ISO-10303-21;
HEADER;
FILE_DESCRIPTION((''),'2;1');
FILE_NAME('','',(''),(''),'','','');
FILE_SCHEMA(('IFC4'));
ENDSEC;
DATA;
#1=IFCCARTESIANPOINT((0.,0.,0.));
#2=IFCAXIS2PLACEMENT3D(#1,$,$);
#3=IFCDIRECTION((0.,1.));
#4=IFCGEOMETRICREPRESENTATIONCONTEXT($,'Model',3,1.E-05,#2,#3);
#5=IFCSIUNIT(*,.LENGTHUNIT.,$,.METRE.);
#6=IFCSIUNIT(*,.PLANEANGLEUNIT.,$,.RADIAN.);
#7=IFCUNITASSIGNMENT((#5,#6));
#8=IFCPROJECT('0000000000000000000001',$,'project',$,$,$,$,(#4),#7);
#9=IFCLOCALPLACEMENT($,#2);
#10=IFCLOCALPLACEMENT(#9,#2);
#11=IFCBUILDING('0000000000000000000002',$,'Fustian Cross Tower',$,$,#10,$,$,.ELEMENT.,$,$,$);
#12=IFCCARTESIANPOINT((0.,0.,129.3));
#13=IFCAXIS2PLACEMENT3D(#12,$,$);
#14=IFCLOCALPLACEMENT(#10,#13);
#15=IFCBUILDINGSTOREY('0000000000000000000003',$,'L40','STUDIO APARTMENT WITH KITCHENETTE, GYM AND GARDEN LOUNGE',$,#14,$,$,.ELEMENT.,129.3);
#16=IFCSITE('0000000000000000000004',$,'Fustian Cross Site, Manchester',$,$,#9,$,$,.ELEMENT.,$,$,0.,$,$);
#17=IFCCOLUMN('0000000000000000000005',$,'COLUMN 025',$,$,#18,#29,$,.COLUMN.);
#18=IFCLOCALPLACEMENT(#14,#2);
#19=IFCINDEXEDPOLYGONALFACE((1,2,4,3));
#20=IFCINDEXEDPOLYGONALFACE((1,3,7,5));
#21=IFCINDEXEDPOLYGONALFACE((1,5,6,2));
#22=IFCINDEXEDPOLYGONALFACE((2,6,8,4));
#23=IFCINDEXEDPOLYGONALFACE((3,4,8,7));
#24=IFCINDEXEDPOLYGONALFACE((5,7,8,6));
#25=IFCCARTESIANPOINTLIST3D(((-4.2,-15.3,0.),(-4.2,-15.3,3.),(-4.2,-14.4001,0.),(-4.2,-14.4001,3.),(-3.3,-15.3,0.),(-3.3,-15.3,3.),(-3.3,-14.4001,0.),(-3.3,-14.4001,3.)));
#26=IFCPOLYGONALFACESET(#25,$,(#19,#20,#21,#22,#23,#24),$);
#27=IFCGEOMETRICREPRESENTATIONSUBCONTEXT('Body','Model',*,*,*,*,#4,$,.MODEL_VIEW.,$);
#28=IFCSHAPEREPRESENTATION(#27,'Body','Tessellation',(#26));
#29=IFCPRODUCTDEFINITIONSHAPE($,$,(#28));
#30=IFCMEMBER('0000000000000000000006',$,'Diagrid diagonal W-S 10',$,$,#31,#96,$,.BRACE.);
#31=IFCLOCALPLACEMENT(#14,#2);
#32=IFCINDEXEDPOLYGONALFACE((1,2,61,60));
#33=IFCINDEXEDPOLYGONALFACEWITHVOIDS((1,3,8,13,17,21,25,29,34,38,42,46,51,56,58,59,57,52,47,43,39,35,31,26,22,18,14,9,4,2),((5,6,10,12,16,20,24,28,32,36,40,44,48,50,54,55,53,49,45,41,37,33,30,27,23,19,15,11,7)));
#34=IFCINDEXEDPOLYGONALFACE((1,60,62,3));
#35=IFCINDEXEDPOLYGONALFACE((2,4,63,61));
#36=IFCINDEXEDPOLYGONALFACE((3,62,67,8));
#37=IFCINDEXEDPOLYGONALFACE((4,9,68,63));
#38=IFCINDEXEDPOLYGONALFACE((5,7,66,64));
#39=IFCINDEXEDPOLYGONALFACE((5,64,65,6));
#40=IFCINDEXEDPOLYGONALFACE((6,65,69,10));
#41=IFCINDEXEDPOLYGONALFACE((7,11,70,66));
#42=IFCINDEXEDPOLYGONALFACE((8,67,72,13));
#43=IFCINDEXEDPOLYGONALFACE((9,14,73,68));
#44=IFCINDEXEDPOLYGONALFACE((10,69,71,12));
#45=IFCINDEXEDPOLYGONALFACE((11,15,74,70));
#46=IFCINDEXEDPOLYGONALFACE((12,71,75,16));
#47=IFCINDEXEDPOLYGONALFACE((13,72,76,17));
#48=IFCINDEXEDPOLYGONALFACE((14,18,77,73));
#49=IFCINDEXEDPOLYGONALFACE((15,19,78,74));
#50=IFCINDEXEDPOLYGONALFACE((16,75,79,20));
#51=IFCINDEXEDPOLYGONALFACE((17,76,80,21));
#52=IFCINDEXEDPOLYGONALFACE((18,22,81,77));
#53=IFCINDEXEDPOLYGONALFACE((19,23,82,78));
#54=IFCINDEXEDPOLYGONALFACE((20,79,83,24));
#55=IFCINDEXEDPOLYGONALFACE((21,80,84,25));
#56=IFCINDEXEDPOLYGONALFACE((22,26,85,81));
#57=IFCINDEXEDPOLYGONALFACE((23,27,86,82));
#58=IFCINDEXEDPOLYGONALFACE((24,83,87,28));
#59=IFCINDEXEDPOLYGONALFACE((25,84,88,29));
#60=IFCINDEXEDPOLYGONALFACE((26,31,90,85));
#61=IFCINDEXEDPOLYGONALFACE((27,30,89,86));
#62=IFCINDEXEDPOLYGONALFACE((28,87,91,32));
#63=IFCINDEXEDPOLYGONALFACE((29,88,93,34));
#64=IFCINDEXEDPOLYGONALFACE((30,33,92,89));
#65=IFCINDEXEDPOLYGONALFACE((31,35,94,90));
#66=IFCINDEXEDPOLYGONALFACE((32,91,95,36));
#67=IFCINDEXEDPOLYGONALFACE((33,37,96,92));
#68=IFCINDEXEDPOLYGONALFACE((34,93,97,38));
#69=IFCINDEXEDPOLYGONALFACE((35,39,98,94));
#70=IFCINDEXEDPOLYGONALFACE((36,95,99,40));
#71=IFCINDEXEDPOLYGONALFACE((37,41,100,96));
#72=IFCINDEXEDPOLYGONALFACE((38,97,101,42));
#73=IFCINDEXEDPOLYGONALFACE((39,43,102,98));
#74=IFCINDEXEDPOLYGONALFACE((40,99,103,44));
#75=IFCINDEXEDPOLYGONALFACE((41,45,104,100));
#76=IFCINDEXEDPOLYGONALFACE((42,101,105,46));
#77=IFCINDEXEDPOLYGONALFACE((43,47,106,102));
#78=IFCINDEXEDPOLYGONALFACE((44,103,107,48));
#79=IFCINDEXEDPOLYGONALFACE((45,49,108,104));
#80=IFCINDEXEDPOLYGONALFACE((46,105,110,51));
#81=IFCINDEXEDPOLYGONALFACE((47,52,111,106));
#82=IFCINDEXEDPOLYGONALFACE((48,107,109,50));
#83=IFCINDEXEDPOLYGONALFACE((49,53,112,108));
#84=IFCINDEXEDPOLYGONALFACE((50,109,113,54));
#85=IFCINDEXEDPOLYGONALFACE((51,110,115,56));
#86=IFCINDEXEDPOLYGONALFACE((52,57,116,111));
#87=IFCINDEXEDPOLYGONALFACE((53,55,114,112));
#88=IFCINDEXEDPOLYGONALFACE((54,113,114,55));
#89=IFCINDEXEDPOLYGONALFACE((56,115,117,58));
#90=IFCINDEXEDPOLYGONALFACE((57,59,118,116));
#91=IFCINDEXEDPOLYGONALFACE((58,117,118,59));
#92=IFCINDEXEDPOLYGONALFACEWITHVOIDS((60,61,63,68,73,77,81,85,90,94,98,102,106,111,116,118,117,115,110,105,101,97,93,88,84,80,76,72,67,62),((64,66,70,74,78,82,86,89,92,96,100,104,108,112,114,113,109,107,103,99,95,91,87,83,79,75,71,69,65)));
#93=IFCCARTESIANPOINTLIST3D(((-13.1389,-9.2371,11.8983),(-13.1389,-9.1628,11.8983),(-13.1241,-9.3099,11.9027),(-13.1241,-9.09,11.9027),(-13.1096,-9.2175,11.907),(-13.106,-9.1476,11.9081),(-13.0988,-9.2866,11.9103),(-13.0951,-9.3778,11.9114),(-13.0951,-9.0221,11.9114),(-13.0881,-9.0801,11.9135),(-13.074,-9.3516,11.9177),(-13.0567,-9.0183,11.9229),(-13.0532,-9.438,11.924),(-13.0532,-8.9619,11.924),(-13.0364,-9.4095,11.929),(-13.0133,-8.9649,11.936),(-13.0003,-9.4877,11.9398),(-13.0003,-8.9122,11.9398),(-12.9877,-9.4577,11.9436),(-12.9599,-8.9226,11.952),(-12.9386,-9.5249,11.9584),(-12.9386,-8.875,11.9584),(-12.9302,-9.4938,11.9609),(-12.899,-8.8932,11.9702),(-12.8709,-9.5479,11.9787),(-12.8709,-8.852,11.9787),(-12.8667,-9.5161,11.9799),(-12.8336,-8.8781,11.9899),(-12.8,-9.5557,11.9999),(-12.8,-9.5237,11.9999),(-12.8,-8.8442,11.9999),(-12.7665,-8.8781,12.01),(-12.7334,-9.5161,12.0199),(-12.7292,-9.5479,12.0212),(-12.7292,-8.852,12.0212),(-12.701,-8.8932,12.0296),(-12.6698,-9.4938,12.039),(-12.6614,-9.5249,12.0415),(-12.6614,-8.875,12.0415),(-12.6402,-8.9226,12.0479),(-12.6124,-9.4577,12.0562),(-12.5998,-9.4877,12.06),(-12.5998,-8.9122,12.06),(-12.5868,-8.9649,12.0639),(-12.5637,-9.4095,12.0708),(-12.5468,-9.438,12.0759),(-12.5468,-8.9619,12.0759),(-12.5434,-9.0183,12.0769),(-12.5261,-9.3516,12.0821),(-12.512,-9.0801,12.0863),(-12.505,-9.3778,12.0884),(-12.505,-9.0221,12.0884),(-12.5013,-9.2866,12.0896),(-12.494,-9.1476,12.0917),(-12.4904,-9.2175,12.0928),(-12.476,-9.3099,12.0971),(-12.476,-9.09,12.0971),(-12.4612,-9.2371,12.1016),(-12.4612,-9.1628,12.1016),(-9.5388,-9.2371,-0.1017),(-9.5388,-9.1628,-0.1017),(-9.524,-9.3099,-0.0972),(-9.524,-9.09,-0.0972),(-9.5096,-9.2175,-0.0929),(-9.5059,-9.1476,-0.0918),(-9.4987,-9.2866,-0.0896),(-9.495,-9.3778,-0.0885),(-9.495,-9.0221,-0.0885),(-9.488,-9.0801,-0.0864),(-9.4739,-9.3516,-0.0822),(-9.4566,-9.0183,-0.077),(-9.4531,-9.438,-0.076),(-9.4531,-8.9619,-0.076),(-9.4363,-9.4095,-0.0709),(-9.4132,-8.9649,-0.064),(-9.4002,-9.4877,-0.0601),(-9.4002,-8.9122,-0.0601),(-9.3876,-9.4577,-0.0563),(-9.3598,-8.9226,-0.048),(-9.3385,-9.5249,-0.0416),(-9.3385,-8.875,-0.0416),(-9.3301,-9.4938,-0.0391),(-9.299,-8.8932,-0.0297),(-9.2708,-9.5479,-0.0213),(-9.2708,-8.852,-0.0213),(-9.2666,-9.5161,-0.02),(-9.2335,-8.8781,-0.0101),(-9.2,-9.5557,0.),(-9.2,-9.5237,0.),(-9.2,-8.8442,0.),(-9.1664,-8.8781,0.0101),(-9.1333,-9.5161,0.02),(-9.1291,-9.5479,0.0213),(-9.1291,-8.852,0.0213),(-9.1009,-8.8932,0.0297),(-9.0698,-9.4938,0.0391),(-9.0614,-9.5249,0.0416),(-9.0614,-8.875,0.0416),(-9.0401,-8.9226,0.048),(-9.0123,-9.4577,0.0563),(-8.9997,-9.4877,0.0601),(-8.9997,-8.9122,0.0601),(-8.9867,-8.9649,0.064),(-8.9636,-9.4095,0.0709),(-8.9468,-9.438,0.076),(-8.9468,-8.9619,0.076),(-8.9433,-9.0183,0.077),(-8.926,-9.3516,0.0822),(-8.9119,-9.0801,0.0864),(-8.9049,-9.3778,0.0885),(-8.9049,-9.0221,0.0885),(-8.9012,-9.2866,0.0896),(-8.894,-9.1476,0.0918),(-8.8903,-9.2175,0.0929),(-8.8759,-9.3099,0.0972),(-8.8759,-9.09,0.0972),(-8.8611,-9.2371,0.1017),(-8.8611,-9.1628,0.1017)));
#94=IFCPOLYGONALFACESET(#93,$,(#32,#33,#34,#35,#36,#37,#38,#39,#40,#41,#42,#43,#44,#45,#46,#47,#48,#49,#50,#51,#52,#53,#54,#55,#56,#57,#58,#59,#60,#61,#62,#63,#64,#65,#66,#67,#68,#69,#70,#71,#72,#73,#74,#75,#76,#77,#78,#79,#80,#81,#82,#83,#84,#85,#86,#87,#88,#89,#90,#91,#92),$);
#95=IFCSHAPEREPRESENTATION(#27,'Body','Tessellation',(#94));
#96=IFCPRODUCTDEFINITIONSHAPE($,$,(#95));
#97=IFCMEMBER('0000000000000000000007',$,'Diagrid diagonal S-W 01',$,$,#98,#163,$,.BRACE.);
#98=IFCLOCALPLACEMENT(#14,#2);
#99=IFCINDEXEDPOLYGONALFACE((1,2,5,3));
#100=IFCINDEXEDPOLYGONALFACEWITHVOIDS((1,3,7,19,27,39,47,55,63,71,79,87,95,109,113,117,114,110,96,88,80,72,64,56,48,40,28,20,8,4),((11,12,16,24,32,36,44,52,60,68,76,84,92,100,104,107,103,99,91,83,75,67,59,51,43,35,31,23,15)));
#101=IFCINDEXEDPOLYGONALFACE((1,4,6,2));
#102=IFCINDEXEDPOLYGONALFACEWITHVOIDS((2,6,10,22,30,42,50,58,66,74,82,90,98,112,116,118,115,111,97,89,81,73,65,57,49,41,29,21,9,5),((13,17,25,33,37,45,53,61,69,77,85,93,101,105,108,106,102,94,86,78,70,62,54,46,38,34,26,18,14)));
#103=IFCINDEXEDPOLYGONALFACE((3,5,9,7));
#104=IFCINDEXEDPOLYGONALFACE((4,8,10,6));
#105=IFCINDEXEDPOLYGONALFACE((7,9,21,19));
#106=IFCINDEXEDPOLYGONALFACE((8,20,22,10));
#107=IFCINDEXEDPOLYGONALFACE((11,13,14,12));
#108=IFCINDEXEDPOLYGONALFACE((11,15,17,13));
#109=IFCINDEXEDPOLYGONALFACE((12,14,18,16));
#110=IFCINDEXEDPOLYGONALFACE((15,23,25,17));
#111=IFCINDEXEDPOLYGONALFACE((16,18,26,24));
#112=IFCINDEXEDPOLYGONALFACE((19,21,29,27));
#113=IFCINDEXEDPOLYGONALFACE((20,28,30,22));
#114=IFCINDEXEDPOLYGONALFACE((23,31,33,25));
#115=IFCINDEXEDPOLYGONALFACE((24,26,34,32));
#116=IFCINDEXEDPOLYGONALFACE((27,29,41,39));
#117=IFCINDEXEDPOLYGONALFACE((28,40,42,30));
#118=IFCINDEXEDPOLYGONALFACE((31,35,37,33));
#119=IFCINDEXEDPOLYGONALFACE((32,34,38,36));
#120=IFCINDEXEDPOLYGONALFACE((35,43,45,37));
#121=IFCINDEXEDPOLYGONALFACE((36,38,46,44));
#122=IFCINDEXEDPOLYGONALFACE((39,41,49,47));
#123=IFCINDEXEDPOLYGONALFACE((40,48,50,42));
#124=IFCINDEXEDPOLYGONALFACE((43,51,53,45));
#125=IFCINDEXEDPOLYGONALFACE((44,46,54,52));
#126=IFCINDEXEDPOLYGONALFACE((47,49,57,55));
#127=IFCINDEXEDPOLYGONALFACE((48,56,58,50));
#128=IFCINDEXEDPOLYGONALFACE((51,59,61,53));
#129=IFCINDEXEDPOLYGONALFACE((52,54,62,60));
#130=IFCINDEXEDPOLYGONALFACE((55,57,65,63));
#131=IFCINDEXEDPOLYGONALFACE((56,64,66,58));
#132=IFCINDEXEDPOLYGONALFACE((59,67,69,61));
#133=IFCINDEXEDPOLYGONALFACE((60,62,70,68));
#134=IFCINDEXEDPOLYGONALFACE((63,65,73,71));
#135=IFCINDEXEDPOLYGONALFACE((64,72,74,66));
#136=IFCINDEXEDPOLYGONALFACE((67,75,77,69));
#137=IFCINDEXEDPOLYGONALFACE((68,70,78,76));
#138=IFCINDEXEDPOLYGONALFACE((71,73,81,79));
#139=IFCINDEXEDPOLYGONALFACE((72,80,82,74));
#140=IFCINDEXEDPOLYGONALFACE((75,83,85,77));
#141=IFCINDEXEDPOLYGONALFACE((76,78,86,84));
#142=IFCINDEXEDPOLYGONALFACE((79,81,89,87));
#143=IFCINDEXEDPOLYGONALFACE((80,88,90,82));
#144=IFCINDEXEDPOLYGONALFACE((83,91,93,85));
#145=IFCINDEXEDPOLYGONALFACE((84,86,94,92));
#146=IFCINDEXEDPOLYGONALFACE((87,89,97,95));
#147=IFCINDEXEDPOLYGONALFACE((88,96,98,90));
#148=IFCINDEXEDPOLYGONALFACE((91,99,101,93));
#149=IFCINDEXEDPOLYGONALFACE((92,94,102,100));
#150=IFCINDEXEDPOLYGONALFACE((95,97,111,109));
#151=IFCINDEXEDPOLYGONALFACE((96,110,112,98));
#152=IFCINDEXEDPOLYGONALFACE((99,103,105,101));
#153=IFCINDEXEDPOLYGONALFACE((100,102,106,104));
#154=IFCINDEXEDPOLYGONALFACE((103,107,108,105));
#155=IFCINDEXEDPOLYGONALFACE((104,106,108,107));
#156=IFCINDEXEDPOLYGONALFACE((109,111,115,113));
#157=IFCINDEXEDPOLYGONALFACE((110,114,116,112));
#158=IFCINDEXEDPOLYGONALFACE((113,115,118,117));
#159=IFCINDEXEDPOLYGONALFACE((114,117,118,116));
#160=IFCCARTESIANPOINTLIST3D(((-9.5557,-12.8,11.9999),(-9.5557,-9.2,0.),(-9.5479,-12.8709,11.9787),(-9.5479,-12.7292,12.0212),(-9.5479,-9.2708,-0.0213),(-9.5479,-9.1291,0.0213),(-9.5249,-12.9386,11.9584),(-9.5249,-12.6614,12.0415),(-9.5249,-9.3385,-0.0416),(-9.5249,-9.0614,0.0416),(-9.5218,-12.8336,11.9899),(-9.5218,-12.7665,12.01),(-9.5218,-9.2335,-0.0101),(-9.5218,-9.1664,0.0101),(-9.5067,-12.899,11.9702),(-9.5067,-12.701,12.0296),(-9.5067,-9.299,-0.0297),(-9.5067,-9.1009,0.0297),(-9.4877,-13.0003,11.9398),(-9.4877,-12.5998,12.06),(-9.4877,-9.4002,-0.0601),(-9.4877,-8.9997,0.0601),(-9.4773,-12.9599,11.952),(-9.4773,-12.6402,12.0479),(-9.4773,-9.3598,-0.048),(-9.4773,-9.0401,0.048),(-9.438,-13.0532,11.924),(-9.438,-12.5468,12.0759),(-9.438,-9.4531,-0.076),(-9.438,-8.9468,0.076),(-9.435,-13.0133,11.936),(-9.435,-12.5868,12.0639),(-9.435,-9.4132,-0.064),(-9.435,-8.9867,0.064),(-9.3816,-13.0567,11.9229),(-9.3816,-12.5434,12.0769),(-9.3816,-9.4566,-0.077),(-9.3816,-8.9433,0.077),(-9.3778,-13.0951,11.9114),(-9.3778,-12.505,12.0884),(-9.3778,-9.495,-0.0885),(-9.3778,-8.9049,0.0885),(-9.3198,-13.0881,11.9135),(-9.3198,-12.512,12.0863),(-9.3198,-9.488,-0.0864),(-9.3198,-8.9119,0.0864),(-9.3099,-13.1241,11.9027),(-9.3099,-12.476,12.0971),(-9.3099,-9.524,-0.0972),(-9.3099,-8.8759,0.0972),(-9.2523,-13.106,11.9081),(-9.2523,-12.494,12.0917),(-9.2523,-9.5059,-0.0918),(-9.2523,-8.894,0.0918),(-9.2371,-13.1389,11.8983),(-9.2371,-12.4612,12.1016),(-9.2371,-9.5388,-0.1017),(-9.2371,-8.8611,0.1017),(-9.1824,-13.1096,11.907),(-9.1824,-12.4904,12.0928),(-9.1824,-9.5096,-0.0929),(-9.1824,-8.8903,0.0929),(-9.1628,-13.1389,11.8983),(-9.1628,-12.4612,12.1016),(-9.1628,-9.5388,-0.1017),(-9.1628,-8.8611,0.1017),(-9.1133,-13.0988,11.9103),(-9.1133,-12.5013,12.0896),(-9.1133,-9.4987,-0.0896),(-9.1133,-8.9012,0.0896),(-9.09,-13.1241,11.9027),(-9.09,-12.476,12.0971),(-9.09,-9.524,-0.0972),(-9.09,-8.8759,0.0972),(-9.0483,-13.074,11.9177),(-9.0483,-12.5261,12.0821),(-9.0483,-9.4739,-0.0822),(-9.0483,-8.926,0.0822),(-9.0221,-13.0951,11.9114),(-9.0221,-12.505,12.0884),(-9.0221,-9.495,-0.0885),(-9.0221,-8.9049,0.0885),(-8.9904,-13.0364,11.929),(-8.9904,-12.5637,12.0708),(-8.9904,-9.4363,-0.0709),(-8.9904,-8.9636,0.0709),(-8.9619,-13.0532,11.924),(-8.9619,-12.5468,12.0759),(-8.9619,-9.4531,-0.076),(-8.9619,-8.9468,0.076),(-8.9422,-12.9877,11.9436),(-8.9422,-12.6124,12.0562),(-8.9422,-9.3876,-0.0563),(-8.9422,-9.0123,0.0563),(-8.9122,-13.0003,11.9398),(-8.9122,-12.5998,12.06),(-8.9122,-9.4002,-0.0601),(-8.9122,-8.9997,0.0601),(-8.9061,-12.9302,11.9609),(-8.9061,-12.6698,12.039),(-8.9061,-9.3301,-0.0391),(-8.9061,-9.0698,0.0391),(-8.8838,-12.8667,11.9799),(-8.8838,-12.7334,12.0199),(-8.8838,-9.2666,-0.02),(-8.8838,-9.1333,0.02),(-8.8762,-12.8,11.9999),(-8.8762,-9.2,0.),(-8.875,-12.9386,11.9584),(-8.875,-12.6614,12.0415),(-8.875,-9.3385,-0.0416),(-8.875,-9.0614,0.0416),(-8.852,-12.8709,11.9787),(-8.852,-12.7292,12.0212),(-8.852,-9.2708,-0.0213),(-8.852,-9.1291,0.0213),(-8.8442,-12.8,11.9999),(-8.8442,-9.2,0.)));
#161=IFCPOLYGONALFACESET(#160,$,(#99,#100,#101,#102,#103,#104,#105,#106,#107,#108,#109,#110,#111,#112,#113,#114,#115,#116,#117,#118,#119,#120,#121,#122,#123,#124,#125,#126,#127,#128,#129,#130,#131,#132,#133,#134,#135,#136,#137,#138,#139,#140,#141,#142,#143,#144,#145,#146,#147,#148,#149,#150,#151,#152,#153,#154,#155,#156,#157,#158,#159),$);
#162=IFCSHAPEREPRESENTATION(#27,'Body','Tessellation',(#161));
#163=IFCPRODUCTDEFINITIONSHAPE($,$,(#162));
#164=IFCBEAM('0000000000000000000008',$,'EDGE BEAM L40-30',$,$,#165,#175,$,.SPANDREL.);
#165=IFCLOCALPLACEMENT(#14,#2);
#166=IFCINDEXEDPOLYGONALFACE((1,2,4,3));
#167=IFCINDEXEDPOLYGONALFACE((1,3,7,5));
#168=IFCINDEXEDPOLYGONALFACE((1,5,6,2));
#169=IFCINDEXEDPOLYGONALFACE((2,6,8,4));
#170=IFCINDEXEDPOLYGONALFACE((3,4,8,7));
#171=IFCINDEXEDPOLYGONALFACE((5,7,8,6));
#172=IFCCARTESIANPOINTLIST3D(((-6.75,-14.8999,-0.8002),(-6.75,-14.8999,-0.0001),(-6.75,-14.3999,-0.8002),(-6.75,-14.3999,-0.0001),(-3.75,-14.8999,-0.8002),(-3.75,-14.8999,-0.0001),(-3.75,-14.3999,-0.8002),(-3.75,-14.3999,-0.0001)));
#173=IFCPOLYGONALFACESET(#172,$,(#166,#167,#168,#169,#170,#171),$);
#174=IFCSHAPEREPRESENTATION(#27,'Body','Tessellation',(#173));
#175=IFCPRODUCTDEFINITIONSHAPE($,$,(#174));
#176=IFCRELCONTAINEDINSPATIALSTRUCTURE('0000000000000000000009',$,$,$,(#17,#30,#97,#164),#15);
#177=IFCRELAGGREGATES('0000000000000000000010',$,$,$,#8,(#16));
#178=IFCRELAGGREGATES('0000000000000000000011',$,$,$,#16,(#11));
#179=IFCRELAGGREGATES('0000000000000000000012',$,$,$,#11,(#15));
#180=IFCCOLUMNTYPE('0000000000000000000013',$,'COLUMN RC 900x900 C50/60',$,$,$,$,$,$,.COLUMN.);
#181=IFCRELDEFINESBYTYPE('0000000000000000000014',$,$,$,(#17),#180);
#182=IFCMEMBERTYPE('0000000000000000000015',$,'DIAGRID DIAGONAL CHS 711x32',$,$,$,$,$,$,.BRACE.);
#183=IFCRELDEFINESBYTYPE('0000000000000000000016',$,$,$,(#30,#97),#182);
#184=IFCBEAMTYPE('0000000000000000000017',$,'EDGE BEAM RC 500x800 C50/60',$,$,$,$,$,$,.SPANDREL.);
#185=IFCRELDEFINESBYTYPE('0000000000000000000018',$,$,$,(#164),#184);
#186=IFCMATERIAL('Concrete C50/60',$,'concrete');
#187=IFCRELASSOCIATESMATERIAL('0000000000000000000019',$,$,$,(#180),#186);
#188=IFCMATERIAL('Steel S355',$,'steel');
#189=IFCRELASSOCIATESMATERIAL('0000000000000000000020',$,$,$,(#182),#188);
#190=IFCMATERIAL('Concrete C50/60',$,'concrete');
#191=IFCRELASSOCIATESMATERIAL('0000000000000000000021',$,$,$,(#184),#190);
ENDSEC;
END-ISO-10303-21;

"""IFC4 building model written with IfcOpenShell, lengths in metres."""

from ifc_helpers import new_model, si_unit, direction, frame, origin, origin_2d, place, context, subcontext, project, spatial, rectangle, hollow_circle, extrude, material, material_profile, profile_set, type_object, element, save


model = new_model("IFC4")

# Units and contexts
model_context = context("Model", 3, precision=1e-05, world=origin(), true_north=direction((0.0, 1.0)))
body_context = subcontext(model_context, "Body", "Model", "MODEL_VIEW")
ifc_project = project(units=[si_unit("LENGTHUNIT", "METRE"), si_unit("PLANEANGLEUNIT", "RADIAN")], contexts=[model_context])

# Site, building, storey
site_placement = place(None, origin())
site = spatial("IfcSite", under=ifc_project, at=site_placement, Name="Fustian Cross Site, Manchester", CompositionType="ELEMENT", RefElevation=0.0)
building_placement = place(site_placement, origin())
building = spatial("IfcBuilding", under=site, at=building_placement, Name="Fustian Cross Tower", CompositionType="ELEMENT")
storey_placement = place(building_placement, frame((0.0, 0.0, 129.3)))
storey = spatial("IfcBuildingStorey", under=building, at=storey_placement, Name="L40", Description="STUDIO APARTMENT WITH KITCHENETTE, GYM AND GARDEN LOUNGE", CompositionType="ELEMENT", Elevation=129.3)

# Column
ifc_material_1 = material(Name="Concrete C50/60", Category="concrete")
ifc_material_profile_1 = material_profile(ifc_material_1, rectangle(XDim=0.8999, YDim=0.8999, at=origin_2d()), Name="RC 900x900")
ifc_profile_set_1 = profile_set([ifc_material_profile_1], Name="Concrete C50/60")
column_type = type_object("IfcColumnType", Name="COLUMN RC 900x900 C50/60", PredefinedType="COLUMN", material=ifc_profile_set_1)
column_placement = place(storey_placement, frame((-3.75, -14.8501, 0.0), z_axis=(0.0, 0.0, 1.0), x_axis=(1.0, 0.0, 0.0)))
element("IfcColumn", 1, at=column_placement, inside=storey, type_object=column_type, Name="COLUMN 025", PredefinedType="COLUMN", context=body_context, shape_type="SweptSolid", body=[
    extrude(rectangle(XDim=0.8999, YDim=0.8999, at=origin_2d()), origin(), (0.0, 0.0, 1.0), 3.0),
])

# Members
ifc_material_2 = material(Name="Steel S355", Category="steel")
ifc_material_profile_2 = material_profile(ifc_material_2, hollow_circle(Radius=0.3557, WallThickness=0.032, at=origin_2d()), Name="CHS 711x32")
ifc_profile_set_2 = profile_set([ifc_material_profile_2], Name="Steel S355")
member_type = type_object("IfcMemberType", Name="DIAGRID DIAGONAL CHS 711x32", PredefinedType="BRACE", material=ifc_profile_set_2)
for number, where, z_axis, x_axis, name in (
    (2, (-9.2, -9.2, 0.0), (-0.287355, 0.0, 0.957824), (0.0, -1.0, 0.0), "Diagrid diagonal W-S 10"),
    (3, (-9.2, -9.2, 0.0), (0.0, -0.287355, 0.957824), (1.0, 0.0, 0.0), "Diagrid diagonal S-W 01"),
):
    element("IfcMember", number, at=place(storey_placement, frame(where, z_axis=z_axis, x_axis=x_axis)), inside=storey, type_object=member_type, Name=name, PredefinedType="BRACE", context=body_context, shape_type="SweptSolid", body=[
        extrude(hollow_circle(Radius=0.3557, WallThickness=0.032, at=origin_2d()), origin(), (0.0, 0.0, 1.0), 12.5283),
    ])

# Beam
ifc_material_3 = material(Name="Concrete C50/60", Category="concrete")
ifc_material_profile_3 = material_profile(ifc_material_3, rectangle(XDim=0.5, YDim=0.8, at=origin_2d()), Name="RC 500x800")
ifc_profile_set_3 = profile_set([ifc_material_profile_3], Name="Concrete C50/60")
beam_type = type_object("IfcBeamType", Name="EDGE BEAM RC 500x800 C50/60", PredefinedType="SPANDREL", material=ifc_profile_set_3)
beam_placement = place(storey_placement, frame((-3.75, -14.6499, -0.4001), z_axis=(-1.0, 0.0, 0.0), x_axis=(0.0, -1.0, 0.0)))
element("IfcBeam", 4, at=beam_placement, inside=storey, type_object=beam_type, Name="EDGE BEAM L40-30", PredefinedType="SPANDREL", context=body_context, shape_type="SweptSolid", body=[
    extrude(rectangle(XDim=0.5, YDim=0.8, at=origin_2d()), origin(), (0.0, 0.0, 1.0), 3.0),
])

save(model, "model.ifc")
